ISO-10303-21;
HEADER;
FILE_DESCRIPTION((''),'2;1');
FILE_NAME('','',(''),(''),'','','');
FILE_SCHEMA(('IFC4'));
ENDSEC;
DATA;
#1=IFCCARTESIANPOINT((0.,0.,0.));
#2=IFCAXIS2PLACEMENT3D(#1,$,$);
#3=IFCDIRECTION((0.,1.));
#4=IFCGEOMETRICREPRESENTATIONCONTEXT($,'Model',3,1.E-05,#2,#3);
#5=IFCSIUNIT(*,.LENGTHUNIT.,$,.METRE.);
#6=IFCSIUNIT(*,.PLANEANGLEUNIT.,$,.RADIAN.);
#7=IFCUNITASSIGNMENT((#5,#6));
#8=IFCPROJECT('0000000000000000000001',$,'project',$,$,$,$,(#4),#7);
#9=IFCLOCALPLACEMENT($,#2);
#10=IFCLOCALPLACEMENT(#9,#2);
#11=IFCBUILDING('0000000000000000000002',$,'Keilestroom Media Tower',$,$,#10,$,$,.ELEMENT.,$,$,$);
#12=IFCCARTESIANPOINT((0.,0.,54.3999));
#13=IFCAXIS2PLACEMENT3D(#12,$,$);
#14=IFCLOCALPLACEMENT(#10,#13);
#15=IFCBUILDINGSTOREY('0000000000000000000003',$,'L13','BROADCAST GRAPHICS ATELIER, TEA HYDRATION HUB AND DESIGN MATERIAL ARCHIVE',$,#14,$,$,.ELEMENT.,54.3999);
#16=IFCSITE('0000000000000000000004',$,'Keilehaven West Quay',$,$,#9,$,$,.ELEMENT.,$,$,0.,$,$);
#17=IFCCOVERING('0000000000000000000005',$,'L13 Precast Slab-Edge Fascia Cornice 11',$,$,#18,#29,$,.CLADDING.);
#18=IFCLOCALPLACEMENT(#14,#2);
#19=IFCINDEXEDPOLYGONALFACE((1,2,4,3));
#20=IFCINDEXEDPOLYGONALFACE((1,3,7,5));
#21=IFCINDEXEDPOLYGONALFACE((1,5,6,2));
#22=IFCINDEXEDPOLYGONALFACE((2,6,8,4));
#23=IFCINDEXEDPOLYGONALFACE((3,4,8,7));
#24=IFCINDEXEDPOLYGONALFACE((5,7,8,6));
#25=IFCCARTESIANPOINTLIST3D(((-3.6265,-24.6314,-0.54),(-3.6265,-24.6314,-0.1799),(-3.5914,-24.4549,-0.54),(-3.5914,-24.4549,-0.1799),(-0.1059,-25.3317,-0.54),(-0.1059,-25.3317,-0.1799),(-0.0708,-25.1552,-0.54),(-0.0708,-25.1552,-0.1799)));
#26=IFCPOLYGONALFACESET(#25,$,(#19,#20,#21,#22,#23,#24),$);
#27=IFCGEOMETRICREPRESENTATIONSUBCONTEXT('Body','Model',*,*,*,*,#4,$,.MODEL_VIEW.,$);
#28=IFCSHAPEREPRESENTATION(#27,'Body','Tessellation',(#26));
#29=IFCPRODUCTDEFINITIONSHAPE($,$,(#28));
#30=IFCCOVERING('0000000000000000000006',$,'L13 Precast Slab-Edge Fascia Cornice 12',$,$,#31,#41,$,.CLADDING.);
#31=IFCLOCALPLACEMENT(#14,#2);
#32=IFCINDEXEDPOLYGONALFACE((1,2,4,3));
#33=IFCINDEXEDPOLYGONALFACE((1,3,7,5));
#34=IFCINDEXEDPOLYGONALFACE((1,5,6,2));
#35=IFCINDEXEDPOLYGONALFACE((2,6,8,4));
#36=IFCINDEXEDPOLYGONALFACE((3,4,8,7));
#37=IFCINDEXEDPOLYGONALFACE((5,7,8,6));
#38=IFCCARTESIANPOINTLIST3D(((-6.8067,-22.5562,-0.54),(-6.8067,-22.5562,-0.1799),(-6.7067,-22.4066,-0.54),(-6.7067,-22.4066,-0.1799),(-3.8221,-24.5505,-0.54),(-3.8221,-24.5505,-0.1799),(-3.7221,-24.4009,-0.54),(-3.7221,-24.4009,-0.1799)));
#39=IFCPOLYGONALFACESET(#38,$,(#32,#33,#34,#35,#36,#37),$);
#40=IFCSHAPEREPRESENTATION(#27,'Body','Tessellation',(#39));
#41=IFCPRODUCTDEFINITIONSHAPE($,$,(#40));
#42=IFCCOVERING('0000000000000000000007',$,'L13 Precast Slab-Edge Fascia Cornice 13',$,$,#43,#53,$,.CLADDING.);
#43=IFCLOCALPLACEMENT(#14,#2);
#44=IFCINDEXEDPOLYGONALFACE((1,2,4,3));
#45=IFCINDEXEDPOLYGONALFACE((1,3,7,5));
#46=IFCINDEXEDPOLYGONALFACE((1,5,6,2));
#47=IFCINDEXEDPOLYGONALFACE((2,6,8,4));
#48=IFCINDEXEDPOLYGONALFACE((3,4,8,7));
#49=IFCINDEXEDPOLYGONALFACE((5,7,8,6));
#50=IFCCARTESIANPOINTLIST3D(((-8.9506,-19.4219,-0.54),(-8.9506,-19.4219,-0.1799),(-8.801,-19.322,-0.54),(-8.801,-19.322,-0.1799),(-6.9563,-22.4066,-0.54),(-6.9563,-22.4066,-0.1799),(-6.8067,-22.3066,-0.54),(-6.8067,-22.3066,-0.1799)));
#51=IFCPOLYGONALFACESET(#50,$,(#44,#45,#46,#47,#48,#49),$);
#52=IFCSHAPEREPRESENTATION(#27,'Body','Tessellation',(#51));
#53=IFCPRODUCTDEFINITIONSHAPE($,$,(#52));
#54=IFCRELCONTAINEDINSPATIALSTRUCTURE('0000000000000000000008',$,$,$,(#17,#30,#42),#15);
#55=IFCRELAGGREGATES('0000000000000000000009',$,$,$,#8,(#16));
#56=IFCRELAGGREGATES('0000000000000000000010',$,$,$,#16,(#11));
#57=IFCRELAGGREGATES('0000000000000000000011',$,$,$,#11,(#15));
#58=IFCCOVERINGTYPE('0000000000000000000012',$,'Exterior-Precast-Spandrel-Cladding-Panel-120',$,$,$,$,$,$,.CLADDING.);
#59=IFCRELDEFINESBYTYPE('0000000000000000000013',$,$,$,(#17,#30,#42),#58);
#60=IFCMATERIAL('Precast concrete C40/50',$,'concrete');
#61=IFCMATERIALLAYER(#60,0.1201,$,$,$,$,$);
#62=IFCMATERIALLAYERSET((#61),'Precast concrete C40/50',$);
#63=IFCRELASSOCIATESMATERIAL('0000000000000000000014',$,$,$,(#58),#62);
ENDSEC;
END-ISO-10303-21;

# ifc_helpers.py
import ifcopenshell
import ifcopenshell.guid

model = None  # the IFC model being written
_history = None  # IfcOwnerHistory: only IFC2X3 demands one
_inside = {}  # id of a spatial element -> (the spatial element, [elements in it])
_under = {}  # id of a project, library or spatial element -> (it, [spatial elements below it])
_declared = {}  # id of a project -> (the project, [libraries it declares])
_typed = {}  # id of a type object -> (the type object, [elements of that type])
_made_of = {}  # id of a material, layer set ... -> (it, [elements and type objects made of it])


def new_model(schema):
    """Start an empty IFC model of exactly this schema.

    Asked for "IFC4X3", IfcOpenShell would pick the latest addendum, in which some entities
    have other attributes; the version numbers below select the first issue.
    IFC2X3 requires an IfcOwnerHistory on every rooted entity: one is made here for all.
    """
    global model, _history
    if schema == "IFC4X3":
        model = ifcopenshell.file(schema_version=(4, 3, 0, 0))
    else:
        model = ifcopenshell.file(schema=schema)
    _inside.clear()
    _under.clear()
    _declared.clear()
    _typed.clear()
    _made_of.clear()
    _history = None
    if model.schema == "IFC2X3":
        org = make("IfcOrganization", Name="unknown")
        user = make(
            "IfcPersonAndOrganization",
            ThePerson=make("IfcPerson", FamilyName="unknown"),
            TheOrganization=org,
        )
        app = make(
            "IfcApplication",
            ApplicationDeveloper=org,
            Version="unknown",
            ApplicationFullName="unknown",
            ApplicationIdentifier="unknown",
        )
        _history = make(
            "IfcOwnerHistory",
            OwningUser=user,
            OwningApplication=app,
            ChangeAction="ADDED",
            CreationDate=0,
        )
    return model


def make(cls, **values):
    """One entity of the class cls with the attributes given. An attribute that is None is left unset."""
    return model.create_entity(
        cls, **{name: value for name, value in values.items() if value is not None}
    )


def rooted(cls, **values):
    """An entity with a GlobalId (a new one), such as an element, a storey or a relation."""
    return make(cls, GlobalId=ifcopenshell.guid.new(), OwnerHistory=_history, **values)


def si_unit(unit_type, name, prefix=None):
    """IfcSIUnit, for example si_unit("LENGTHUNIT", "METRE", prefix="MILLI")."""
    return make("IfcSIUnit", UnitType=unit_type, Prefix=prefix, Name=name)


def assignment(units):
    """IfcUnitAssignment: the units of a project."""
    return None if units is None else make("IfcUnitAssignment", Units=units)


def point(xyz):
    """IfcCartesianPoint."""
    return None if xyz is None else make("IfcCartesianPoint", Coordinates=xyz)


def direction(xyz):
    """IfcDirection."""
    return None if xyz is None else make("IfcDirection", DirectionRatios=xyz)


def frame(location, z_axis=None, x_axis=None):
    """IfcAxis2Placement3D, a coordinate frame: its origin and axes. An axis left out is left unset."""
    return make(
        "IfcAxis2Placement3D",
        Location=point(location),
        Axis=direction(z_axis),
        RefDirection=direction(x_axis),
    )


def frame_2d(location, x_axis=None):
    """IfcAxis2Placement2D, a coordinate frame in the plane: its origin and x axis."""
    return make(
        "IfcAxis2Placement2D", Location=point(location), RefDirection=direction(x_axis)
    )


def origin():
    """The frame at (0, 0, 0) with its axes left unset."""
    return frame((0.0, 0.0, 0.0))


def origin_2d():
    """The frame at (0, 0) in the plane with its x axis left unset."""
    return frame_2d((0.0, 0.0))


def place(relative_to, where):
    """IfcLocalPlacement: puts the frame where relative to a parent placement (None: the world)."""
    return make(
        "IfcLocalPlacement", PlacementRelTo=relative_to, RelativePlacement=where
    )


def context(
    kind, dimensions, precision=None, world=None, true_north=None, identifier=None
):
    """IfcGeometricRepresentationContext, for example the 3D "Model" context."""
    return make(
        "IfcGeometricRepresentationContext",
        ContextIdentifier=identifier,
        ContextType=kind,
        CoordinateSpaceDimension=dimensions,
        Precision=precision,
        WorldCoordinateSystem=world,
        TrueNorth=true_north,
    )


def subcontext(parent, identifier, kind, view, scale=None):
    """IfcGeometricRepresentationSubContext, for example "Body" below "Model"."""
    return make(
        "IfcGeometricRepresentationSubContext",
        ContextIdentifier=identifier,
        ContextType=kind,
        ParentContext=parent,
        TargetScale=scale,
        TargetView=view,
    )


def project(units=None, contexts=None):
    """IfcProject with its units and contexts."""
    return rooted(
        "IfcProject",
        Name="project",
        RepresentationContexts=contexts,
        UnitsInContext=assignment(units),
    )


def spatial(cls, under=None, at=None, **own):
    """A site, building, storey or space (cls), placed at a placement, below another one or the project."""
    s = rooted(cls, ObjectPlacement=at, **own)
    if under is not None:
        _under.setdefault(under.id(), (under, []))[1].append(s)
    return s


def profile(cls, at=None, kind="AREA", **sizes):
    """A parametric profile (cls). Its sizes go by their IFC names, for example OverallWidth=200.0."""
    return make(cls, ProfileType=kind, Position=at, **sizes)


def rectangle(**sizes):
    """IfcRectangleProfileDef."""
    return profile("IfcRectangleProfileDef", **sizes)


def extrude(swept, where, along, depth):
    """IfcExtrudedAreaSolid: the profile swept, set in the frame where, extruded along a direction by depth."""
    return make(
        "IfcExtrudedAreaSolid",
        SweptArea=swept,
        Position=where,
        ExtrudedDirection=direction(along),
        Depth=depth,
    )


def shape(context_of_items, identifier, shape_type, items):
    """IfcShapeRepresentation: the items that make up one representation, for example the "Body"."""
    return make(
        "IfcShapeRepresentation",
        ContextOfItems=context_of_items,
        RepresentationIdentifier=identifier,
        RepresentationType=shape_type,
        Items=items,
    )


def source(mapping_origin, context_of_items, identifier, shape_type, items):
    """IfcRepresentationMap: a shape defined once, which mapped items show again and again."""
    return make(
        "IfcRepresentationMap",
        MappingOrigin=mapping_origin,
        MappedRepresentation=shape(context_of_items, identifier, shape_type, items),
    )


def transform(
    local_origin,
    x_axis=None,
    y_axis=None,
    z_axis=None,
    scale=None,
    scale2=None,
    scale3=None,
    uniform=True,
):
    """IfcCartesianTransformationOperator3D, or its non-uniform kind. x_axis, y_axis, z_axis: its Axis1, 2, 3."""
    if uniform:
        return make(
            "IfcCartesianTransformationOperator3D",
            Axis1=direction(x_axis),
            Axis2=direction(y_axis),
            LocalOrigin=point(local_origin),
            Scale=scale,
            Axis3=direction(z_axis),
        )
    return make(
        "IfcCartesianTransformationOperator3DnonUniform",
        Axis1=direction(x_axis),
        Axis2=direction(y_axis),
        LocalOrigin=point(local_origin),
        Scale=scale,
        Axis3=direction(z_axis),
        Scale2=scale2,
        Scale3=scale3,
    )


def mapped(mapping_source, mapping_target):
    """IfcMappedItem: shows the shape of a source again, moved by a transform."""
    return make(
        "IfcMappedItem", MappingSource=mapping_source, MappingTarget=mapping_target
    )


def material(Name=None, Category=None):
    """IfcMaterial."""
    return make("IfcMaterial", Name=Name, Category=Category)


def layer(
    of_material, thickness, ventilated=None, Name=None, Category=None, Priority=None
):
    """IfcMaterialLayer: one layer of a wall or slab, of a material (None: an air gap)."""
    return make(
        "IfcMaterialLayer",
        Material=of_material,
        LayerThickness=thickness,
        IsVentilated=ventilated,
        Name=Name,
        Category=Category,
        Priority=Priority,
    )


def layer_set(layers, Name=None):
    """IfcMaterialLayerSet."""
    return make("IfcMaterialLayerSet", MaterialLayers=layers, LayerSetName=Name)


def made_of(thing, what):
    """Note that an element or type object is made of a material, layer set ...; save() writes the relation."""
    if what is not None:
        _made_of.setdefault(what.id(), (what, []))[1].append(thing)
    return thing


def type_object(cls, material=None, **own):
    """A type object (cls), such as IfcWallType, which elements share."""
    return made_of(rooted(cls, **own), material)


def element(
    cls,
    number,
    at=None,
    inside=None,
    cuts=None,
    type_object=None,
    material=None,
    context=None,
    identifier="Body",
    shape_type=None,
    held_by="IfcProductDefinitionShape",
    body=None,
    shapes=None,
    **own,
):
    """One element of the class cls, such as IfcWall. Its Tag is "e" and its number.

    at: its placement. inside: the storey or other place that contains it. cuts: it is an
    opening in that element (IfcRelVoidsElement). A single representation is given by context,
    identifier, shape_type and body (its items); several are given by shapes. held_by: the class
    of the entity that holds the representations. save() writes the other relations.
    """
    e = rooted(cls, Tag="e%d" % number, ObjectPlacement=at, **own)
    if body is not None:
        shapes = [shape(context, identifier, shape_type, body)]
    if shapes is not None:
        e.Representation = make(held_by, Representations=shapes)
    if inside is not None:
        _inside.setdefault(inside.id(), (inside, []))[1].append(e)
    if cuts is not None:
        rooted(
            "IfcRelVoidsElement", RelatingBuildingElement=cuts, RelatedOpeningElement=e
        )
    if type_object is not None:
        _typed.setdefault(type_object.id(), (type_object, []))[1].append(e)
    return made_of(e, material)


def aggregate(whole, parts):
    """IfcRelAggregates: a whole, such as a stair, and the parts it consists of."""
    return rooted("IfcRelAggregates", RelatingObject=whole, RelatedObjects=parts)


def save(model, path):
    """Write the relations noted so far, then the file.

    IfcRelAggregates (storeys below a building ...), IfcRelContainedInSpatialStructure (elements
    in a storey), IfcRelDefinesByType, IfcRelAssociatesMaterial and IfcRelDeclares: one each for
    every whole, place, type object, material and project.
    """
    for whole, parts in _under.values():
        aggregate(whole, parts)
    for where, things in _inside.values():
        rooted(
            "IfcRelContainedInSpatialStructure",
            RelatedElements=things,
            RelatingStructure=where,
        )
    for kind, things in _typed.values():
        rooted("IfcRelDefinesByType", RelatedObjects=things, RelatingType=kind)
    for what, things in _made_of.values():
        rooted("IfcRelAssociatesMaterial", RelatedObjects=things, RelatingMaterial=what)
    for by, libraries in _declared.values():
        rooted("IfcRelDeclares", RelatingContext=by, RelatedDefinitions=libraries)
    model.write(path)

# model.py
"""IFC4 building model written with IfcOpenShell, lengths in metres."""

from ifc_helpers import new_model, si_unit, direction, frame, origin, origin_2d, place, context, subcontext, project, spatial, rectangle, extrude, source, transform, mapped, material, layer, layer_set, type_object, element, save


model = new_model("IFC4")

# Units and contexts
model_context = context("Model", 3, precision=1e-05, world=origin(), true_north=direction((0.0, 1.0)))
body_context = subcontext(model_context, "Body", "Model", "MODEL_VIEW")
ifc_project = project(units=[si_unit("LENGTHUNIT", "METRE"), si_unit("PLANEANGLEUNIT", "RADIAN")], contexts=[model_context])

# Site, building, storey
site_placement = place(None, origin())
site = spatial("IfcSite", under=ifc_project, at=site_placement, Name="Keilehaven West Quay", CompositionType="ELEMENT", RefElevation=0.0)
building_placement = place(site_placement, origin())
building = spatial("IfcBuilding", under=site, at=building_placement, Name="Keilestroom Media Tower", CompositionType="ELEMENT")
storey_placement = place(building_placement, frame((0.0, 0.0, 54.3999)))
storey = spatial("IfcBuildingStorey", under=building, at=storey_placement, Name="L13", Description="BROADCAST GRAPHICS ATELIER, TEA HYDRATION HUB AND DESIGN MATERIAL ARCHIVE", CompositionType="ELEMENT", Elevation=54.3999)

# Shared definitions
ifc_material_1 = material(Name="Precast concrete C40/50", Category="concrete")

# Coverings
ifc_layer_1 = layer(ifc_material_1, 0.1201)
ifc_layer_set_1 = layer_set([ifc_layer_1], Name="Precast concrete C40/50")
covering_type = type_object("IfcCoveringType", Name="Exterior-Precast-Spandrel-Cladding-Panel-120", PredefinedType="CLADDING", material=ifc_layer_set_1)
shared_shape_1 = source(origin(), body_context, "Body", "SweptSolid", [
    extrude(rectangle(XDim=3.5896, YDim=0.1799, at=origin_2d()), origin(), (0.0, 0.0, 1.0), 0.3601),
])
for number, where, z_axis, x_axis, name in (
    (1, (-1.8486, -24.8933, -0.54), (0.0, 0.0, 1.0), (-0.980784, 0.195099, 0.0), "L13 Precast Slab-Edge Fascia Cornice 11"),
    (2, (-5.2644, -23.4785, -0.54), (0.0, 0.0, 1.0), (-0.831467, 0.555575, 0.0), "L13 Precast Slab-Edge Fascia Cornice 12"),
    (3, (-7.8787, -20.8643, -0.54), (0.0, 0.0, 1.0), (-0.555575, 0.831467, 0.0), "L13 Precast Slab-Edge Fascia Cornice 13"),
):
    element("IfcCovering", number, at=place(storey_placement, frame(where, z_axis=z_axis, x_axis=x_axis)), inside=storey, type_object=covering_type, Name=name, PredefinedType="CLADDING", context=body_context, shape_type="MappedRepresentation", body=[
        mapped(shared_shape_1, transform((0.0, 0.0, 0.0), x_axis=(1.0, 0.0, 0.0), y_axis=(0.0, 1.0, 0.0), z_axis=(0.0, 0.0, 1.0), scale=1.0)),
    ])

save(model, "model.ifc")
